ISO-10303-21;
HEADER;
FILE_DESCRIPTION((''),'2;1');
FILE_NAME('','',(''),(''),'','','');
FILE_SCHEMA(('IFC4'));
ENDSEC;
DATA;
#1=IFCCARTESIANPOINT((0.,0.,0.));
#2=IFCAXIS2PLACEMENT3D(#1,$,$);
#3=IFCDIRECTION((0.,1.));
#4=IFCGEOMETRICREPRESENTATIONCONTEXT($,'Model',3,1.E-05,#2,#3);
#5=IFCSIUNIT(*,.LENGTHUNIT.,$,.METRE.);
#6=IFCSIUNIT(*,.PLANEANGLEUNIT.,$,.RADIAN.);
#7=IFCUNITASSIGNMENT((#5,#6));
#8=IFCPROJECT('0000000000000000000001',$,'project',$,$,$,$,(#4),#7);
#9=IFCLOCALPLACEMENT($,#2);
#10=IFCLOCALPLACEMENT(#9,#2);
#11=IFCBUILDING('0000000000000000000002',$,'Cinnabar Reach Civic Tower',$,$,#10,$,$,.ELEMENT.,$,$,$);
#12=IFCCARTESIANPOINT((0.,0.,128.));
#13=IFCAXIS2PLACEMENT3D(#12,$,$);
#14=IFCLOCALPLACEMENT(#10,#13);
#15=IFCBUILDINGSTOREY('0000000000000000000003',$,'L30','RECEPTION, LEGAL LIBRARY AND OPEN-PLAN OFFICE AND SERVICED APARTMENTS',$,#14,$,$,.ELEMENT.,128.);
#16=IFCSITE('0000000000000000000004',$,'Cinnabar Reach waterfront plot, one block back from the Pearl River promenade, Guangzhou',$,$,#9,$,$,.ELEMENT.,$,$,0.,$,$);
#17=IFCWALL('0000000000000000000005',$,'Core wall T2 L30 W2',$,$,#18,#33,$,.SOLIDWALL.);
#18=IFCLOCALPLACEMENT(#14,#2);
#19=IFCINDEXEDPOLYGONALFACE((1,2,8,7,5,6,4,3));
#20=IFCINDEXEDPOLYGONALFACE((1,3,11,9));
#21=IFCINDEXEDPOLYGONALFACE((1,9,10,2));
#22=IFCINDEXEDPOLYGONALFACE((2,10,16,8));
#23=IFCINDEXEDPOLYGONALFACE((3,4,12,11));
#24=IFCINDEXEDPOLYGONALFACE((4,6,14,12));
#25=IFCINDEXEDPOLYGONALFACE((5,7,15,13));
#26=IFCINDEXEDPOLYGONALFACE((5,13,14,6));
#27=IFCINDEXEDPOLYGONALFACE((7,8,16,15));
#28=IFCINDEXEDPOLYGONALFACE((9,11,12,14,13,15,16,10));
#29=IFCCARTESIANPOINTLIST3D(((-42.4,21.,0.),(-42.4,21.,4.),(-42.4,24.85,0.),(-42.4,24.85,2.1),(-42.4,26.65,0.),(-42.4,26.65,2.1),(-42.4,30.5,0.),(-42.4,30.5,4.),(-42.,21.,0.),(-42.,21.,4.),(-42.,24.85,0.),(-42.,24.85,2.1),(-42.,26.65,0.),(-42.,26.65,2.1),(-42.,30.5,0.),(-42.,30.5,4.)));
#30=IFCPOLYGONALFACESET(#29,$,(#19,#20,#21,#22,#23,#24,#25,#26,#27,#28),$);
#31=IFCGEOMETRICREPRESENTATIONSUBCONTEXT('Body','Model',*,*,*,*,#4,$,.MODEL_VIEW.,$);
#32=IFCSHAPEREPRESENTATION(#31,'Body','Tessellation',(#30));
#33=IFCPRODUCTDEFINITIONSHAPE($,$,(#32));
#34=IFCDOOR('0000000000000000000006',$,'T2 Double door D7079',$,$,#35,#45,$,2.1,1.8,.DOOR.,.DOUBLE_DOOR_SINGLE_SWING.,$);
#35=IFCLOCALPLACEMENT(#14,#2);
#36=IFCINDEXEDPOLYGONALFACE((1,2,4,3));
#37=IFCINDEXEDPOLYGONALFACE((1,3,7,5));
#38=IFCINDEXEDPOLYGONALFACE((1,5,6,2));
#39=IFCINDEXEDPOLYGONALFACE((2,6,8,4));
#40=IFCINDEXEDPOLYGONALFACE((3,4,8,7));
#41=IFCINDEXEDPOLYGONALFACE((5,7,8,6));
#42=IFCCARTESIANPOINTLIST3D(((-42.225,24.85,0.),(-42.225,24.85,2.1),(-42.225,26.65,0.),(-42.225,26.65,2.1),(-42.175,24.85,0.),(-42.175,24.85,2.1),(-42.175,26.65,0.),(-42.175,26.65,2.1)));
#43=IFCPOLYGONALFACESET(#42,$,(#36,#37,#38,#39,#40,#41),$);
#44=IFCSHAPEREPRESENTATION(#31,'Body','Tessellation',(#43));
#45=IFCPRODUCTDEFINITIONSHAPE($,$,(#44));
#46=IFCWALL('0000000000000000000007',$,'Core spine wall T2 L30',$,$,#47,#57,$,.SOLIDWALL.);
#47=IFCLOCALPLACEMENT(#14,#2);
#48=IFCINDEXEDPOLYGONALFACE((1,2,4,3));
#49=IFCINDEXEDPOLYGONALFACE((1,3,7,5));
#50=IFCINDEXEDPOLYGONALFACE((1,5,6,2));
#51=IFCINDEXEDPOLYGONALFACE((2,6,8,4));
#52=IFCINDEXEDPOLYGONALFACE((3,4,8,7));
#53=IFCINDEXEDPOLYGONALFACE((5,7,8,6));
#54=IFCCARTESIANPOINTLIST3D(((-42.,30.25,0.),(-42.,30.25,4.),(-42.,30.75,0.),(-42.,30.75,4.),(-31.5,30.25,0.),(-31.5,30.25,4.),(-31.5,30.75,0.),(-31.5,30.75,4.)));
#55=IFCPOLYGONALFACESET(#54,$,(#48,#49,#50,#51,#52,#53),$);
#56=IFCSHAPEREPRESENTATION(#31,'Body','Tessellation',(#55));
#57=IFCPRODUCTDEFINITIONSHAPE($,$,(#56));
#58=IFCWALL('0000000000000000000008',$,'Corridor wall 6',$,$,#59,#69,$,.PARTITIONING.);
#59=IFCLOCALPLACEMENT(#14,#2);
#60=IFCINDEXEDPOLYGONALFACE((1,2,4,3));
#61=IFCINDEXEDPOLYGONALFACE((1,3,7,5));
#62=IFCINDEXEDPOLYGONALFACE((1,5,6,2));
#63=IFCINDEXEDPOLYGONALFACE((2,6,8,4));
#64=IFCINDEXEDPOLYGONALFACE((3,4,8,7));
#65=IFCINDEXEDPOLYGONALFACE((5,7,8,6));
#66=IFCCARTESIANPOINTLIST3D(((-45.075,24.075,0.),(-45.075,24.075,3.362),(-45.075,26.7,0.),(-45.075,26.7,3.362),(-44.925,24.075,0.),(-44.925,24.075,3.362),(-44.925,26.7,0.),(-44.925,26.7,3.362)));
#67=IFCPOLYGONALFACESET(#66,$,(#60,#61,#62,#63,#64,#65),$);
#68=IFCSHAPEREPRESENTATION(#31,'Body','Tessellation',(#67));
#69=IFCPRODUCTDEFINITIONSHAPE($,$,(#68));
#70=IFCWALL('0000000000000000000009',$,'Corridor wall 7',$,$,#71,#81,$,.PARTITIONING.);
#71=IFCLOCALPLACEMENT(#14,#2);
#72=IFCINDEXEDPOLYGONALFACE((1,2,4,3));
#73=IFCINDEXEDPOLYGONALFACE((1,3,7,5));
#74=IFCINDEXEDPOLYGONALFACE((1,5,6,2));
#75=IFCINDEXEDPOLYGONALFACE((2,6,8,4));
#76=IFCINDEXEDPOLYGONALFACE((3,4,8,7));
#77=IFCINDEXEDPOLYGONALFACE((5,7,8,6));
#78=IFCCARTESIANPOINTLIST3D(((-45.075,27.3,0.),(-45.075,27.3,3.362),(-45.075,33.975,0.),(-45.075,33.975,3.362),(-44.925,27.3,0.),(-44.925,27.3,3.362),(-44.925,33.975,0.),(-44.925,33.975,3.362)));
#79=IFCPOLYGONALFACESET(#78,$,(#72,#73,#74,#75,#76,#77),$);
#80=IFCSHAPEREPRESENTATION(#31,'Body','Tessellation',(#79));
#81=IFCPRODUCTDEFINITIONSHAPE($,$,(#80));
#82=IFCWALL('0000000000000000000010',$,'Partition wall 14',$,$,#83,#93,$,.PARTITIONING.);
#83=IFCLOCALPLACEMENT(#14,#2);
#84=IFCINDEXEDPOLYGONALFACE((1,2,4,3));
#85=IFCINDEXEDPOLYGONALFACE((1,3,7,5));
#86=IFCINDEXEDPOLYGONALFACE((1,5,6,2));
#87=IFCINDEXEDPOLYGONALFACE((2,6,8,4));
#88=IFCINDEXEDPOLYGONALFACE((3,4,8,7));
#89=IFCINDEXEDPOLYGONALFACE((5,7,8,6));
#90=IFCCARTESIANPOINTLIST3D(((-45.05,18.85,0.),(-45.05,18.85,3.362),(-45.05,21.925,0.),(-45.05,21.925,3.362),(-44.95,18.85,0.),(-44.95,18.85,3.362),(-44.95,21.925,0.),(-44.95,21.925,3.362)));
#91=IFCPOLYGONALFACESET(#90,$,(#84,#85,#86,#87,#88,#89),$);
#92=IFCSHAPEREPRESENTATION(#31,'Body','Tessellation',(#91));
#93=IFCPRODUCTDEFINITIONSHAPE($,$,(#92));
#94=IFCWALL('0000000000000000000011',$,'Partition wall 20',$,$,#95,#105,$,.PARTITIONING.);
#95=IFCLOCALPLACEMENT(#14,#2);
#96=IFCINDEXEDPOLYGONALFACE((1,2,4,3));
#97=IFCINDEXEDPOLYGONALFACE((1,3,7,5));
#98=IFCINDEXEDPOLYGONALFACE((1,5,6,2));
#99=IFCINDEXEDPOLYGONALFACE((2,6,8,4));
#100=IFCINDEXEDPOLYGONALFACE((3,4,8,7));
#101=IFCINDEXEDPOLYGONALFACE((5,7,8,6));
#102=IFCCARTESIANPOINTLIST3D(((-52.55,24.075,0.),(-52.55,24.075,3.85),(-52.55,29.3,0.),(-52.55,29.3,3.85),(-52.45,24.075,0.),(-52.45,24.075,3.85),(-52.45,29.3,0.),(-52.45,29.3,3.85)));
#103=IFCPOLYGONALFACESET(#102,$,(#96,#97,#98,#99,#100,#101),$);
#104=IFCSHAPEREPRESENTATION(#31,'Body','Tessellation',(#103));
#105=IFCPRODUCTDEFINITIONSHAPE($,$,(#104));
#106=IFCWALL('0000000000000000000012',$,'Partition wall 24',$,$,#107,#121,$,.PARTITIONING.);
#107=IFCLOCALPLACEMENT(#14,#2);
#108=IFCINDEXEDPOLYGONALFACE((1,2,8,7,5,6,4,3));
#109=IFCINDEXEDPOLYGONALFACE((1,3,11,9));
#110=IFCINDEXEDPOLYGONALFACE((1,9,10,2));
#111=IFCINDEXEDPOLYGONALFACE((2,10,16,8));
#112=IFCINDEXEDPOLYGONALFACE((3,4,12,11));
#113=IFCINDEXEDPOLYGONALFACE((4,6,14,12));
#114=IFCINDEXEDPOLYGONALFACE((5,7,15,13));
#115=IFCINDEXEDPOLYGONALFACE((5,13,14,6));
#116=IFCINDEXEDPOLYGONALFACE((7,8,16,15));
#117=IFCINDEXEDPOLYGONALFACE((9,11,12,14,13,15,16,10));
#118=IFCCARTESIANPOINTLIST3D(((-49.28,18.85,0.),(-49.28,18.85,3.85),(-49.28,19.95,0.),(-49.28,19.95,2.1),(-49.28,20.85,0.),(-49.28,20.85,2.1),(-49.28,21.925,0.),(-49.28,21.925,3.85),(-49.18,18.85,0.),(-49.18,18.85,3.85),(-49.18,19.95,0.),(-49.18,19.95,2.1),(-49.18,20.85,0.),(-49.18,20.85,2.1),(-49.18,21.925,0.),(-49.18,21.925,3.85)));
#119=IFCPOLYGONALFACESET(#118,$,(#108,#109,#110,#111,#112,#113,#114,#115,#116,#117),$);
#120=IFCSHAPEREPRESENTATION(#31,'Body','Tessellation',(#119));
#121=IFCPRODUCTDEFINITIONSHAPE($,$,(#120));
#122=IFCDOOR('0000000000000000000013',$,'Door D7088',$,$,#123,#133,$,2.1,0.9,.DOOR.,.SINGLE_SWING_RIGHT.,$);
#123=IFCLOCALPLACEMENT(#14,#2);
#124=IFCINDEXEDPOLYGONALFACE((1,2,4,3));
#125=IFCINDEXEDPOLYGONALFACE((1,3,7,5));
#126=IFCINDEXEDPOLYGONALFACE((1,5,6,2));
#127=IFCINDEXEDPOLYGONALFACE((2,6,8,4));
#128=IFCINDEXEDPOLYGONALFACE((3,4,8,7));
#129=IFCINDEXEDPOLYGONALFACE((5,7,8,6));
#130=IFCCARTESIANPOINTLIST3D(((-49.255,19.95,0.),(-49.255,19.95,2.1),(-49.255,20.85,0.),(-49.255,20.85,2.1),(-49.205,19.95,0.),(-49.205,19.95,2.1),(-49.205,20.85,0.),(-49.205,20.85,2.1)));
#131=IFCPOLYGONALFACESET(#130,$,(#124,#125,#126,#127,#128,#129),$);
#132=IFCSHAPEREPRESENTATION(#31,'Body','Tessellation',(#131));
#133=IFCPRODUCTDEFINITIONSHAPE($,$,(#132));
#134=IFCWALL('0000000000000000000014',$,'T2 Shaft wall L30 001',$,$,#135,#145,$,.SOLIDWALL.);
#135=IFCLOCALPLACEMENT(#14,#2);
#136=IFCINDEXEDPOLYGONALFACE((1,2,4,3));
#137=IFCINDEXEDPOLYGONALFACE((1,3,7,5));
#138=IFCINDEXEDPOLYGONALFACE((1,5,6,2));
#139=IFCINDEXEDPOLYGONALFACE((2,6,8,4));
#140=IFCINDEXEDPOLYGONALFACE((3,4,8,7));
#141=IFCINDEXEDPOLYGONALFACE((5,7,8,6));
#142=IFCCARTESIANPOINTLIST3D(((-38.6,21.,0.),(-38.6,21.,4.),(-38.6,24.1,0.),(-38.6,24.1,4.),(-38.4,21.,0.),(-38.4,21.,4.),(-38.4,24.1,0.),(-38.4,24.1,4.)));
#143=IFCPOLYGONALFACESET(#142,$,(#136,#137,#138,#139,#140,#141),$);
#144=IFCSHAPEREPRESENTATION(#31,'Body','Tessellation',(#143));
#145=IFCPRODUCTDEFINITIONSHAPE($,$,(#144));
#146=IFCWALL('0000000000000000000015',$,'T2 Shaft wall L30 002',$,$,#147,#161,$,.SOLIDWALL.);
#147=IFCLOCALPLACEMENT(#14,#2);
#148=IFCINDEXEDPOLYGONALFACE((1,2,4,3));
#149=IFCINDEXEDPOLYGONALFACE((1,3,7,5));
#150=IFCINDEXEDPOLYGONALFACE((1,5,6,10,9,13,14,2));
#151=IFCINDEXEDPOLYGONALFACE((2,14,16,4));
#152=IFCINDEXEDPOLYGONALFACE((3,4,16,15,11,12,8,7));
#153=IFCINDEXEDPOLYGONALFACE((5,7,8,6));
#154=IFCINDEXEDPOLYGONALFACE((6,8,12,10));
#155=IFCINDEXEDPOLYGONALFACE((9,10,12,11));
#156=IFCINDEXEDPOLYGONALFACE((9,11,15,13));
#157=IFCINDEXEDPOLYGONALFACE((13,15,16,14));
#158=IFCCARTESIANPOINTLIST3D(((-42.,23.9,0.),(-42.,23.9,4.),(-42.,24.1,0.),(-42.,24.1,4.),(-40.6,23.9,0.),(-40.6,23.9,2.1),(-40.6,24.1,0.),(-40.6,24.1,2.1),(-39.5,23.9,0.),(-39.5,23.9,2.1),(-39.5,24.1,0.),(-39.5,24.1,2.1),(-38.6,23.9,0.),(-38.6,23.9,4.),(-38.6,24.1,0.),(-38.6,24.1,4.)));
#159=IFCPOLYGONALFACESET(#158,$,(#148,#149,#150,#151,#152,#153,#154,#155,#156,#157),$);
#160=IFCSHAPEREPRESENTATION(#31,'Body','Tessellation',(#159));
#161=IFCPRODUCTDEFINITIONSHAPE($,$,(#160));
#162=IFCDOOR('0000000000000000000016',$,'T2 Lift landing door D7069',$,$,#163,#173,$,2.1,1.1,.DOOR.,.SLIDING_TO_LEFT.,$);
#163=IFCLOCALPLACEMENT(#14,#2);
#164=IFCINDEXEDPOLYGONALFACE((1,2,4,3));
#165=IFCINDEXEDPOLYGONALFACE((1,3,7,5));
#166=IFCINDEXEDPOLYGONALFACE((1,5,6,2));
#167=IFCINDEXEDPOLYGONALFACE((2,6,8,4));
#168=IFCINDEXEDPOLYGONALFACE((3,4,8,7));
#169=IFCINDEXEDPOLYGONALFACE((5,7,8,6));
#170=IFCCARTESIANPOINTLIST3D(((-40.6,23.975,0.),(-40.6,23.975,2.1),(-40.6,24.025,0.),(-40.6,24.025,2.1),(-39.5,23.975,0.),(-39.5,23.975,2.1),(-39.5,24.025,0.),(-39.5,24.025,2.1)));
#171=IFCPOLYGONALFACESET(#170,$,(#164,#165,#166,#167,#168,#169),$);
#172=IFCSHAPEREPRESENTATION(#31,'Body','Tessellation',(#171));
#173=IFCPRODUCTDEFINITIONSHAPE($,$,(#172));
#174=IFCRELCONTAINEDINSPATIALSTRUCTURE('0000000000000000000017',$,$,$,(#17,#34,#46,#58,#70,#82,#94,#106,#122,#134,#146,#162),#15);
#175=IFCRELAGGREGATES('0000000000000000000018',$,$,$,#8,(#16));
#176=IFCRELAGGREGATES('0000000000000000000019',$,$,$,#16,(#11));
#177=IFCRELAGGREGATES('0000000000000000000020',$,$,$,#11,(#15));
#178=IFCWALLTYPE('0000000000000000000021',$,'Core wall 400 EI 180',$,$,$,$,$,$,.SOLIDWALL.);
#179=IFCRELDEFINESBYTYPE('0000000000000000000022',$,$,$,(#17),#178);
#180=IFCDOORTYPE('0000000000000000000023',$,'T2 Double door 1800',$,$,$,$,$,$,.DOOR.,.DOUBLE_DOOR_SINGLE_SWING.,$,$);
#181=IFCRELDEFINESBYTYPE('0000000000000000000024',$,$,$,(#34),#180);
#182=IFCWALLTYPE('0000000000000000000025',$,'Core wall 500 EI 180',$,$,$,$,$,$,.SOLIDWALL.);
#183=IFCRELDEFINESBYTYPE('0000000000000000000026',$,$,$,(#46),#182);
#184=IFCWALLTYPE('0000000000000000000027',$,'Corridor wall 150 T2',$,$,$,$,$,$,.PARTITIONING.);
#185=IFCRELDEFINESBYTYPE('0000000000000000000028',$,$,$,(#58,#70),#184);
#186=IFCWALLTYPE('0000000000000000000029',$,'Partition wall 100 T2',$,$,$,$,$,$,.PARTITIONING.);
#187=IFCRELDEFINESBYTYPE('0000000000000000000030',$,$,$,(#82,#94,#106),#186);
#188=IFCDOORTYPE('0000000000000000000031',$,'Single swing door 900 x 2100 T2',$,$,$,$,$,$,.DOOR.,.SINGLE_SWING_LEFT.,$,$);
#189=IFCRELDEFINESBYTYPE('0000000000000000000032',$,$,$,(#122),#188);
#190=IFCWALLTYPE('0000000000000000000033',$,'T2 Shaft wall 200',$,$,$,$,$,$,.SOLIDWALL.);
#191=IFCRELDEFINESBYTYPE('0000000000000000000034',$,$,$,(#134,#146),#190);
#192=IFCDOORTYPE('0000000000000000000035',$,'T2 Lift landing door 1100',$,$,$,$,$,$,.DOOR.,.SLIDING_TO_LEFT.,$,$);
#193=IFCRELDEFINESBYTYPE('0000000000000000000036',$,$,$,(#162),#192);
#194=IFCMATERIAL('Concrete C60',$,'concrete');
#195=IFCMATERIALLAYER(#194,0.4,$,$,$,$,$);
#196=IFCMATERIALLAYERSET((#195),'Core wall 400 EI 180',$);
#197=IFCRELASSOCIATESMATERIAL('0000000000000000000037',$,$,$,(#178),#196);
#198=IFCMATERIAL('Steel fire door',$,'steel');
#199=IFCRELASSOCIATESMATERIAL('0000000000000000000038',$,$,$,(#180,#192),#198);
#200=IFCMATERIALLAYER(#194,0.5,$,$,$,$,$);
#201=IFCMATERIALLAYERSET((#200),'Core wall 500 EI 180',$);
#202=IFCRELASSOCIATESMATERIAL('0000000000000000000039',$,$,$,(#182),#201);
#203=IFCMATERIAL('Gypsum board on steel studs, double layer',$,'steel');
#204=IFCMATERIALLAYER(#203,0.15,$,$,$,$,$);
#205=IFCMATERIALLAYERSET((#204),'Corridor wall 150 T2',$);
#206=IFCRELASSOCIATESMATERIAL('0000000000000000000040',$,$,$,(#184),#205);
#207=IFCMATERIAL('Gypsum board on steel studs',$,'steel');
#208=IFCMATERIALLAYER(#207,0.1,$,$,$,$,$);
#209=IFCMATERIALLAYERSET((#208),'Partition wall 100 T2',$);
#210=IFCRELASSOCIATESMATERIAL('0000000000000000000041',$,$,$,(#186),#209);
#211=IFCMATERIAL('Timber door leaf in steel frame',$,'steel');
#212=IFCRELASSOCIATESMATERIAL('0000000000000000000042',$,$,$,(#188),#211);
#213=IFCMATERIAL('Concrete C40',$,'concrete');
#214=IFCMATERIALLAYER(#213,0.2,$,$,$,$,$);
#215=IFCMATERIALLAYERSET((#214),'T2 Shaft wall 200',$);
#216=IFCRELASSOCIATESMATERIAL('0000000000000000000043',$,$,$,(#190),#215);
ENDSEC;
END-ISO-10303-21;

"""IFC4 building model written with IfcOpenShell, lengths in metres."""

from ifc_helpers import new_model, si_unit, direction, frame, frame_2d, origin, place, context, subcontext, project, spatial, rectangle, extrude, material, layer, layer_set, type_object, element, fill, save


model = new_model("IFC4")

# Units and contexts
model_context = context("Model", 3, precision=1e-05, world=origin(), true_north=direction((0.0, 1.0)))
body_context = subcontext(model_context, "Body", "Model", "MODEL_VIEW")
ifc_project = project(units=[si_unit("LENGTHUNIT", "METRE"), si_unit("PLANEANGLEUNIT", "RADIAN")], contexts=[model_context])

# Site, building, storey
site_placement = place(None, origin())
site = spatial("IfcSite", under=ifc_project, at=site_placement, Name="Cinnabar Reach waterfront plot, one block back from the Pearl River promenade, Guangzhou", CompositionType="ELEMENT", RefElevation=0.0)
building_placement = place(site_placement, origin())
building = spatial("IfcBuilding", under=site, at=building_placement, Name="Cinnabar Reach Civic Tower", CompositionType="ELEMENT")
storey_placement = place(building_placement, frame((0.0, 0.0, 128.0)))
storey = spatial("IfcBuildingStorey", under=building, at=storey_placement, Name="L30", Description="RECEPTION, LEGAL LIBRARY AND OPEN-PLAN OFFICE AND SERVICED APARTMENTS", CompositionType="ELEMENT", Elevation=128.0)

# Shared definitions
ifc_material_1 = material(Name="Concrete C60", Category="concrete")

# Shared definitions
ifc_layer_1 = layer(ifc_material_1, 0.4)
ifc_layer_set_1 = layer_set([ifc_layer_1], Name="Core wall 400 EI 180")
wall_type_1 = type_object("IfcWallType", Name="Core wall 400 EI 180", PredefinedType="SOLIDWALL", material=ifc_layer_set_1)

# Wall, opening, door
wall_1_placement = place(storey_placement, frame((-42.2, 30.5, 0.0), z_axis=(0.0, 0.0, 1.0), x_axis=(0.0, -1.0, 0.0)))
wall_1 = element("IfcWall", 1, at=wall_1_placement, inside=storey, type_object=wall_type_1, Name="Core wall T2 L30 W2", PredefinedType="SOLIDWALL", context=body_context, shape_type="SweptSolid", body=[
    extrude(rectangle(XDim=9.5, YDim=0.4, at=frame_2d((4.75, 0.0))), origin(), (0.0, 0.0, 1.0), 4.0),
])
opening_1_placement = place(wall_1_placement, frame((3.85, 0.0, 0.0)))
opening_1 = element("IfcOpeningElement", 2, at=opening_1_placement, cuts=wall_1, PredefinedType="OPENING", context=body_context, shape_type="SweptSolid", body=[
    extrude(rectangle(XDim=1.8, YDim=2.1, at=frame_2d((0.9, 1.05))), frame((0.0, 0.21, 0.0), z_axis=(0.0, -1.0, 0.0), x_axis=(1.0, 0.0, 0.0)), (0.0, 0.0, 1.0), 0.42),
])
ifc_material_2 = material(Name="Steel fire door", Category="steel")
door_type_1 = type_object("IfcDoorType", Name="T2 Double door 1800", OperationType="DOUBLE_DOOR_SINGLE_SWING", PredefinedType="DOOR", material=ifc_material_2)
door_1_placement = place(opening_1_placement, origin())
door_1 = element("IfcDoor", 3, at=door_1_placement, inside=storey, type_object=door_type_1, Name="T2 Double door D7079", OperationType="DOUBLE_DOOR_SINGLE_SWING", OverallHeight=2.1, OverallWidth=1.8, PredefinedType="DOOR", context=body_context, shape_type="SweptSolid", body=[
    extrude(rectangle(XDim=1.8, YDim=2.1, at=frame_2d((0.9, 1.05))), frame((0.0, 0.025, 0.0), z_axis=(0.0, -1.0, 0.0), x_axis=(1.0, 0.0, 0.0)), (0.0, 0.0, 1.0), 0.05),
])
fill(opening_1, door_1)

# Walls
ifc_layer_2 = layer(ifc_material_1, 0.5)
ifc_layer_set_2 = layer_set([ifc_layer_2], Name="Core wall 500 EI 180")
wall_type_2 = type_object("IfcWallType", Name="Core wall 500 EI 180", PredefinedType="SOLIDWALL", material=ifc_layer_set_2)
wall_2_placement = place(storey_placement, frame((-42.0, 30.5, 0.0), z_axis=(0.0, 0.0, 1.0), x_axis=(1.0, 0.0, 0.0)))
element("IfcWall", 4, at=wall_2_placement, inside=storey, type_object=wall_type_2, Name="Core spine wall T2 L30", PredefinedType="SOLIDWALL", context=body_context, shape_type="SweptSolid", body=[
    extrude(rectangle(XDim=10.5, YDim=0.5, at=frame_2d((5.25, 0.0))), origin(), (0.0, 0.0, 1.0), 4.0),
])
ifc_material_3 = material(Name="Gypsum board on steel studs, double layer", Category="steel")
ifc_layer_3 = layer(ifc_material_3, 0.15)
ifc_layer_set_3 = layer_set([ifc_layer_3], Name="Corridor wall 150 T2")
wall_type_3 = type_object("IfcWallType", Name="Corridor wall 150 T2", PredefinedType="PARTITIONING", material=ifc_layer_set_3)
wall_3_placement = place(storey_placement, frame((-45.0, 24.075, 0.0), z_axis=(0.0, 0.0, 1.0), x_axis=(0.0, 1.0, 0.0)))
element("IfcWall", 5, at=wall_3_placement, inside=storey, type_object=wall_type_3, Name="Corridor wall 6", PredefinedType="PARTITIONING", context=body_context, shape_type="SweptSolid", body=[
    extrude(rectangle(XDim=2.625, YDim=0.15, at=frame_2d((1.3125, 0.0))), origin(), (0.0, 0.0, 1.0), 3.362),
])
wall_4_placement = place(storey_placement, frame((-45.0, 27.3, 0.0), z_axis=(0.0, 0.0, 1.0), x_axis=(0.0, 1.0, 0.0)))
element("IfcWall", 6, at=wall_4_placement, inside=storey, type_object=wall_type_3, Name="Corridor wall 7", PredefinedType="PARTITIONING", context=body_context, shape_type="SweptSolid", body=[
    extrude(rectangle(XDim=6.675, YDim=0.15, at=frame_2d((3.3375, 0.0))), origin(), (0.0, 0.0, 1.0), 3.362),
])
ifc_material_4 = material(Name="Gypsum board on steel studs", Category="steel")
ifc_layer_4 = layer(ifc_material_4, 0.1)
ifc_layer_set_4 = layer_set([ifc_layer_4], Name="Partition wall 100 T2")
wall_type_4 = type_object("IfcWallType", Name="Partition wall 100 T2", PredefinedType="PARTITIONING", material=ifc_layer_set_4)
wall_5_placement = place(storey_placement, frame((-45.0, 18.85, 0.0), z_axis=(0.0, 0.0, 1.0), x_axis=(0.0, 1.0, 0.0)))
element("IfcWall", 7, at=wall_5_placement, inside=storey, type_object=wall_type_4, Name="Partition wall 14", PredefinedType="PARTITIONING", context=body_context, shape_type="SweptSolid", body=[
    extrude(rectangle(XDim=3.075, YDim=0.1, at=frame_2d((1.5375, 0.0))), origin(), (0.0, 0.0, 1.0), 3.362),
])
wall_6_placement = place(storey_placement, frame((-52.5, 24.075, 0.0), z_axis=(0.0, 0.0, 1.0), x_axis=(0.0, 1.0, 0.0)))
element("IfcWall", 8, at=wall_6_placement, inside=storey, type_object=wall_type_4, Name="Partition wall 20", PredefinedType="PARTITIONING", context=body_context, shape_type="SweptSolid", body=[
    extrude(rectangle(XDim=5.225, YDim=0.1, at=frame_2d((2.6125, 0.0))), origin(), (0.0, 0.0, 1.0), 3.85),
])

# Wall, opening, door
wall_7_placement = place(storey_placement, frame((-49.23, 18.85, 0.0), z_axis=(0.0, 0.0, 1.0), x_axis=(0.0, 1.0, 0.0)))
wall_7 = element("IfcWall", 9, at=wall_7_placement, inside=storey, type_object=wall_type_4, Name="Partition wall 24", PredefinedType="PARTITIONING", context=body_context, shape_type="SweptSolid", body=[
    extrude(rectangle(XDim=3.075, YDim=0.1, at=frame_2d((1.5375, 0.0))), origin(), (0.0, 0.0, 1.0), 3.85),
])
opening_2_placement = place(wall_7_placement, frame((1.1, 0.0, 0.0)))
opening_2 = element("IfcOpeningElement", 10, at=opening_2_placement, cuts=wall_7, PredefinedType="OPENING", context=body_context, shape_type="SweptSolid", body=[
    extrude(rectangle(XDim=0.9, YDim=2.1, at=frame_2d((0.45, 1.05))), frame((0.0, 0.06, 0.0), z_axis=(0.0, -1.0, 0.0), x_axis=(1.0, 0.0, 0.0)), (0.0, 0.0, 1.0), 0.12),
])
ifc_material_5 = material(Name="Timber door leaf in steel frame", Category="steel")
door_type_2 = type_object("IfcDoorType", Name="Single swing door 900 x 2100 T2", OperationType="SINGLE_SWING_LEFT", PredefinedType="DOOR", material=ifc_material_5)
door_2_placement = place(opening_2_placement, origin())
door_2 = element("IfcDoor", 11, at=door_2_placement, inside=storey, type_object=door_type_2, Name="Door D7088", OperationType="SINGLE_SWING_RIGHT", OverallHeight=2.1, OverallWidth=0.9, PredefinedType="DOOR", context=body_context, shape_type="SweptSolid", body=[
    extrude(rectangle(XDim=0.9, YDim=2.1, at=frame_2d((0.45, 1.05))), frame((0.0, 0.025, 0.0), z_axis=(0.0, -1.0, 0.0), x_axis=(1.0, 0.0, 0.0)), (0.0, 0.0, 1.0), 0.05),
])
fill(opening_2, door_2)

# Wall
ifc_material_6 = material(Name="Concrete C40", Category="concrete")
ifc_layer_5 = layer(ifc_material_6, 0.2)
ifc_layer_set_5 = layer_set([ifc_layer_5], Name="T2 Shaft wall 200")
wall_type_5 = type_object("IfcWallType", Name="T2 Shaft wall 200", PredefinedType="SOLIDWALL", material=ifc_layer_set_5)
wall_8_placement = place(storey_placement, frame((-38.5, 21.0, 0.0), z_axis=(0.0, 0.0, 1.0), x_axis=(0.0, 1.0, 0.0)))
element("IfcWall", 12, at=wall_8_placement, inside=storey, type_object=wall_type_5, Name="T2 Shaft wall L30 001", PredefinedType="SOLIDWALL", context=body_context, shape_type="SweptSolid", body=[
    extrude(rectangle(XDim=3.1, YDim=0.2, at=frame_2d((1.55, 0.0))), origin(), (0.0, 0.0, 1.0), 4.0),
])

# Wall, opening, door
wall_9_placement = place(storey_placement, frame((-38.6, 24.0, 0.0), z_axis=(0.0, 0.0, 1.0), x_axis=(-1.0, 0.0, 0.0)))
wall_9 = element("IfcWall", 13, at=wall_9_placement, inside=storey, type_object=wall_type_5, Name="T2 Shaft wall L30 002", PredefinedType="SOLIDWALL", context=body_context, shape_type="SweptSolid", body=[
    extrude(rectangle(XDim=3.4, YDim=0.2, at=frame_2d((1.7, 0.0))), origin(), (0.0, 0.0, 1.0), 4.0),
])
opening_3_placement = place(wall_9_placement, frame((0.9, 0.0, 0.0)))
opening_3 = element("IfcOpeningElement", 14, at=opening_3_placement, cuts=wall_9, PredefinedType="OPENING", context=body_context, shape_type="SweptSolid", body=[
    extrude(rectangle(XDim=1.1, YDim=2.1, at=frame_2d((0.55, 1.05))), frame((0.0, 0.11, 0.0), z_axis=(0.0, -1.0, 0.0), x_axis=(1.0, 0.0, 0.0)), (0.0, 0.0, 1.0), 0.22),
])
door_type_3 = type_object("IfcDoorType", Name="T2 Lift landing door 1100", OperationType="SLIDING_TO_LEFT", PredefinedType="DOOR", material=ifc_material_2)
door_3_placement = place(opening_3_placement, origin())
door_3 = element("IfcDoor", 15, at=door_3_placement, inside=storey, type_object=door_type_3, Name="T2 Lift landing door D7069", OperationType="SLIDING_TO_LEFT", OverallHeight=2.1, OverallWidth=1.1, PredefinedType="DOOR", context=body_context, shape_type="SweptSolid", body=[
    extrude(rectangle(XDim=1.1, YDim=2.1, at=frame_2d((0.55, 1.05))), frame((0.0, 0.025, 0.0), z_axis=(0.0, -1.0, 0.0), x_axis=(1.0, 0.0, 0.0)), (0.0, 0.0, 1.0), 0.05),
])
fill(opening_3, door_3)

save(model, "model.ifc")
